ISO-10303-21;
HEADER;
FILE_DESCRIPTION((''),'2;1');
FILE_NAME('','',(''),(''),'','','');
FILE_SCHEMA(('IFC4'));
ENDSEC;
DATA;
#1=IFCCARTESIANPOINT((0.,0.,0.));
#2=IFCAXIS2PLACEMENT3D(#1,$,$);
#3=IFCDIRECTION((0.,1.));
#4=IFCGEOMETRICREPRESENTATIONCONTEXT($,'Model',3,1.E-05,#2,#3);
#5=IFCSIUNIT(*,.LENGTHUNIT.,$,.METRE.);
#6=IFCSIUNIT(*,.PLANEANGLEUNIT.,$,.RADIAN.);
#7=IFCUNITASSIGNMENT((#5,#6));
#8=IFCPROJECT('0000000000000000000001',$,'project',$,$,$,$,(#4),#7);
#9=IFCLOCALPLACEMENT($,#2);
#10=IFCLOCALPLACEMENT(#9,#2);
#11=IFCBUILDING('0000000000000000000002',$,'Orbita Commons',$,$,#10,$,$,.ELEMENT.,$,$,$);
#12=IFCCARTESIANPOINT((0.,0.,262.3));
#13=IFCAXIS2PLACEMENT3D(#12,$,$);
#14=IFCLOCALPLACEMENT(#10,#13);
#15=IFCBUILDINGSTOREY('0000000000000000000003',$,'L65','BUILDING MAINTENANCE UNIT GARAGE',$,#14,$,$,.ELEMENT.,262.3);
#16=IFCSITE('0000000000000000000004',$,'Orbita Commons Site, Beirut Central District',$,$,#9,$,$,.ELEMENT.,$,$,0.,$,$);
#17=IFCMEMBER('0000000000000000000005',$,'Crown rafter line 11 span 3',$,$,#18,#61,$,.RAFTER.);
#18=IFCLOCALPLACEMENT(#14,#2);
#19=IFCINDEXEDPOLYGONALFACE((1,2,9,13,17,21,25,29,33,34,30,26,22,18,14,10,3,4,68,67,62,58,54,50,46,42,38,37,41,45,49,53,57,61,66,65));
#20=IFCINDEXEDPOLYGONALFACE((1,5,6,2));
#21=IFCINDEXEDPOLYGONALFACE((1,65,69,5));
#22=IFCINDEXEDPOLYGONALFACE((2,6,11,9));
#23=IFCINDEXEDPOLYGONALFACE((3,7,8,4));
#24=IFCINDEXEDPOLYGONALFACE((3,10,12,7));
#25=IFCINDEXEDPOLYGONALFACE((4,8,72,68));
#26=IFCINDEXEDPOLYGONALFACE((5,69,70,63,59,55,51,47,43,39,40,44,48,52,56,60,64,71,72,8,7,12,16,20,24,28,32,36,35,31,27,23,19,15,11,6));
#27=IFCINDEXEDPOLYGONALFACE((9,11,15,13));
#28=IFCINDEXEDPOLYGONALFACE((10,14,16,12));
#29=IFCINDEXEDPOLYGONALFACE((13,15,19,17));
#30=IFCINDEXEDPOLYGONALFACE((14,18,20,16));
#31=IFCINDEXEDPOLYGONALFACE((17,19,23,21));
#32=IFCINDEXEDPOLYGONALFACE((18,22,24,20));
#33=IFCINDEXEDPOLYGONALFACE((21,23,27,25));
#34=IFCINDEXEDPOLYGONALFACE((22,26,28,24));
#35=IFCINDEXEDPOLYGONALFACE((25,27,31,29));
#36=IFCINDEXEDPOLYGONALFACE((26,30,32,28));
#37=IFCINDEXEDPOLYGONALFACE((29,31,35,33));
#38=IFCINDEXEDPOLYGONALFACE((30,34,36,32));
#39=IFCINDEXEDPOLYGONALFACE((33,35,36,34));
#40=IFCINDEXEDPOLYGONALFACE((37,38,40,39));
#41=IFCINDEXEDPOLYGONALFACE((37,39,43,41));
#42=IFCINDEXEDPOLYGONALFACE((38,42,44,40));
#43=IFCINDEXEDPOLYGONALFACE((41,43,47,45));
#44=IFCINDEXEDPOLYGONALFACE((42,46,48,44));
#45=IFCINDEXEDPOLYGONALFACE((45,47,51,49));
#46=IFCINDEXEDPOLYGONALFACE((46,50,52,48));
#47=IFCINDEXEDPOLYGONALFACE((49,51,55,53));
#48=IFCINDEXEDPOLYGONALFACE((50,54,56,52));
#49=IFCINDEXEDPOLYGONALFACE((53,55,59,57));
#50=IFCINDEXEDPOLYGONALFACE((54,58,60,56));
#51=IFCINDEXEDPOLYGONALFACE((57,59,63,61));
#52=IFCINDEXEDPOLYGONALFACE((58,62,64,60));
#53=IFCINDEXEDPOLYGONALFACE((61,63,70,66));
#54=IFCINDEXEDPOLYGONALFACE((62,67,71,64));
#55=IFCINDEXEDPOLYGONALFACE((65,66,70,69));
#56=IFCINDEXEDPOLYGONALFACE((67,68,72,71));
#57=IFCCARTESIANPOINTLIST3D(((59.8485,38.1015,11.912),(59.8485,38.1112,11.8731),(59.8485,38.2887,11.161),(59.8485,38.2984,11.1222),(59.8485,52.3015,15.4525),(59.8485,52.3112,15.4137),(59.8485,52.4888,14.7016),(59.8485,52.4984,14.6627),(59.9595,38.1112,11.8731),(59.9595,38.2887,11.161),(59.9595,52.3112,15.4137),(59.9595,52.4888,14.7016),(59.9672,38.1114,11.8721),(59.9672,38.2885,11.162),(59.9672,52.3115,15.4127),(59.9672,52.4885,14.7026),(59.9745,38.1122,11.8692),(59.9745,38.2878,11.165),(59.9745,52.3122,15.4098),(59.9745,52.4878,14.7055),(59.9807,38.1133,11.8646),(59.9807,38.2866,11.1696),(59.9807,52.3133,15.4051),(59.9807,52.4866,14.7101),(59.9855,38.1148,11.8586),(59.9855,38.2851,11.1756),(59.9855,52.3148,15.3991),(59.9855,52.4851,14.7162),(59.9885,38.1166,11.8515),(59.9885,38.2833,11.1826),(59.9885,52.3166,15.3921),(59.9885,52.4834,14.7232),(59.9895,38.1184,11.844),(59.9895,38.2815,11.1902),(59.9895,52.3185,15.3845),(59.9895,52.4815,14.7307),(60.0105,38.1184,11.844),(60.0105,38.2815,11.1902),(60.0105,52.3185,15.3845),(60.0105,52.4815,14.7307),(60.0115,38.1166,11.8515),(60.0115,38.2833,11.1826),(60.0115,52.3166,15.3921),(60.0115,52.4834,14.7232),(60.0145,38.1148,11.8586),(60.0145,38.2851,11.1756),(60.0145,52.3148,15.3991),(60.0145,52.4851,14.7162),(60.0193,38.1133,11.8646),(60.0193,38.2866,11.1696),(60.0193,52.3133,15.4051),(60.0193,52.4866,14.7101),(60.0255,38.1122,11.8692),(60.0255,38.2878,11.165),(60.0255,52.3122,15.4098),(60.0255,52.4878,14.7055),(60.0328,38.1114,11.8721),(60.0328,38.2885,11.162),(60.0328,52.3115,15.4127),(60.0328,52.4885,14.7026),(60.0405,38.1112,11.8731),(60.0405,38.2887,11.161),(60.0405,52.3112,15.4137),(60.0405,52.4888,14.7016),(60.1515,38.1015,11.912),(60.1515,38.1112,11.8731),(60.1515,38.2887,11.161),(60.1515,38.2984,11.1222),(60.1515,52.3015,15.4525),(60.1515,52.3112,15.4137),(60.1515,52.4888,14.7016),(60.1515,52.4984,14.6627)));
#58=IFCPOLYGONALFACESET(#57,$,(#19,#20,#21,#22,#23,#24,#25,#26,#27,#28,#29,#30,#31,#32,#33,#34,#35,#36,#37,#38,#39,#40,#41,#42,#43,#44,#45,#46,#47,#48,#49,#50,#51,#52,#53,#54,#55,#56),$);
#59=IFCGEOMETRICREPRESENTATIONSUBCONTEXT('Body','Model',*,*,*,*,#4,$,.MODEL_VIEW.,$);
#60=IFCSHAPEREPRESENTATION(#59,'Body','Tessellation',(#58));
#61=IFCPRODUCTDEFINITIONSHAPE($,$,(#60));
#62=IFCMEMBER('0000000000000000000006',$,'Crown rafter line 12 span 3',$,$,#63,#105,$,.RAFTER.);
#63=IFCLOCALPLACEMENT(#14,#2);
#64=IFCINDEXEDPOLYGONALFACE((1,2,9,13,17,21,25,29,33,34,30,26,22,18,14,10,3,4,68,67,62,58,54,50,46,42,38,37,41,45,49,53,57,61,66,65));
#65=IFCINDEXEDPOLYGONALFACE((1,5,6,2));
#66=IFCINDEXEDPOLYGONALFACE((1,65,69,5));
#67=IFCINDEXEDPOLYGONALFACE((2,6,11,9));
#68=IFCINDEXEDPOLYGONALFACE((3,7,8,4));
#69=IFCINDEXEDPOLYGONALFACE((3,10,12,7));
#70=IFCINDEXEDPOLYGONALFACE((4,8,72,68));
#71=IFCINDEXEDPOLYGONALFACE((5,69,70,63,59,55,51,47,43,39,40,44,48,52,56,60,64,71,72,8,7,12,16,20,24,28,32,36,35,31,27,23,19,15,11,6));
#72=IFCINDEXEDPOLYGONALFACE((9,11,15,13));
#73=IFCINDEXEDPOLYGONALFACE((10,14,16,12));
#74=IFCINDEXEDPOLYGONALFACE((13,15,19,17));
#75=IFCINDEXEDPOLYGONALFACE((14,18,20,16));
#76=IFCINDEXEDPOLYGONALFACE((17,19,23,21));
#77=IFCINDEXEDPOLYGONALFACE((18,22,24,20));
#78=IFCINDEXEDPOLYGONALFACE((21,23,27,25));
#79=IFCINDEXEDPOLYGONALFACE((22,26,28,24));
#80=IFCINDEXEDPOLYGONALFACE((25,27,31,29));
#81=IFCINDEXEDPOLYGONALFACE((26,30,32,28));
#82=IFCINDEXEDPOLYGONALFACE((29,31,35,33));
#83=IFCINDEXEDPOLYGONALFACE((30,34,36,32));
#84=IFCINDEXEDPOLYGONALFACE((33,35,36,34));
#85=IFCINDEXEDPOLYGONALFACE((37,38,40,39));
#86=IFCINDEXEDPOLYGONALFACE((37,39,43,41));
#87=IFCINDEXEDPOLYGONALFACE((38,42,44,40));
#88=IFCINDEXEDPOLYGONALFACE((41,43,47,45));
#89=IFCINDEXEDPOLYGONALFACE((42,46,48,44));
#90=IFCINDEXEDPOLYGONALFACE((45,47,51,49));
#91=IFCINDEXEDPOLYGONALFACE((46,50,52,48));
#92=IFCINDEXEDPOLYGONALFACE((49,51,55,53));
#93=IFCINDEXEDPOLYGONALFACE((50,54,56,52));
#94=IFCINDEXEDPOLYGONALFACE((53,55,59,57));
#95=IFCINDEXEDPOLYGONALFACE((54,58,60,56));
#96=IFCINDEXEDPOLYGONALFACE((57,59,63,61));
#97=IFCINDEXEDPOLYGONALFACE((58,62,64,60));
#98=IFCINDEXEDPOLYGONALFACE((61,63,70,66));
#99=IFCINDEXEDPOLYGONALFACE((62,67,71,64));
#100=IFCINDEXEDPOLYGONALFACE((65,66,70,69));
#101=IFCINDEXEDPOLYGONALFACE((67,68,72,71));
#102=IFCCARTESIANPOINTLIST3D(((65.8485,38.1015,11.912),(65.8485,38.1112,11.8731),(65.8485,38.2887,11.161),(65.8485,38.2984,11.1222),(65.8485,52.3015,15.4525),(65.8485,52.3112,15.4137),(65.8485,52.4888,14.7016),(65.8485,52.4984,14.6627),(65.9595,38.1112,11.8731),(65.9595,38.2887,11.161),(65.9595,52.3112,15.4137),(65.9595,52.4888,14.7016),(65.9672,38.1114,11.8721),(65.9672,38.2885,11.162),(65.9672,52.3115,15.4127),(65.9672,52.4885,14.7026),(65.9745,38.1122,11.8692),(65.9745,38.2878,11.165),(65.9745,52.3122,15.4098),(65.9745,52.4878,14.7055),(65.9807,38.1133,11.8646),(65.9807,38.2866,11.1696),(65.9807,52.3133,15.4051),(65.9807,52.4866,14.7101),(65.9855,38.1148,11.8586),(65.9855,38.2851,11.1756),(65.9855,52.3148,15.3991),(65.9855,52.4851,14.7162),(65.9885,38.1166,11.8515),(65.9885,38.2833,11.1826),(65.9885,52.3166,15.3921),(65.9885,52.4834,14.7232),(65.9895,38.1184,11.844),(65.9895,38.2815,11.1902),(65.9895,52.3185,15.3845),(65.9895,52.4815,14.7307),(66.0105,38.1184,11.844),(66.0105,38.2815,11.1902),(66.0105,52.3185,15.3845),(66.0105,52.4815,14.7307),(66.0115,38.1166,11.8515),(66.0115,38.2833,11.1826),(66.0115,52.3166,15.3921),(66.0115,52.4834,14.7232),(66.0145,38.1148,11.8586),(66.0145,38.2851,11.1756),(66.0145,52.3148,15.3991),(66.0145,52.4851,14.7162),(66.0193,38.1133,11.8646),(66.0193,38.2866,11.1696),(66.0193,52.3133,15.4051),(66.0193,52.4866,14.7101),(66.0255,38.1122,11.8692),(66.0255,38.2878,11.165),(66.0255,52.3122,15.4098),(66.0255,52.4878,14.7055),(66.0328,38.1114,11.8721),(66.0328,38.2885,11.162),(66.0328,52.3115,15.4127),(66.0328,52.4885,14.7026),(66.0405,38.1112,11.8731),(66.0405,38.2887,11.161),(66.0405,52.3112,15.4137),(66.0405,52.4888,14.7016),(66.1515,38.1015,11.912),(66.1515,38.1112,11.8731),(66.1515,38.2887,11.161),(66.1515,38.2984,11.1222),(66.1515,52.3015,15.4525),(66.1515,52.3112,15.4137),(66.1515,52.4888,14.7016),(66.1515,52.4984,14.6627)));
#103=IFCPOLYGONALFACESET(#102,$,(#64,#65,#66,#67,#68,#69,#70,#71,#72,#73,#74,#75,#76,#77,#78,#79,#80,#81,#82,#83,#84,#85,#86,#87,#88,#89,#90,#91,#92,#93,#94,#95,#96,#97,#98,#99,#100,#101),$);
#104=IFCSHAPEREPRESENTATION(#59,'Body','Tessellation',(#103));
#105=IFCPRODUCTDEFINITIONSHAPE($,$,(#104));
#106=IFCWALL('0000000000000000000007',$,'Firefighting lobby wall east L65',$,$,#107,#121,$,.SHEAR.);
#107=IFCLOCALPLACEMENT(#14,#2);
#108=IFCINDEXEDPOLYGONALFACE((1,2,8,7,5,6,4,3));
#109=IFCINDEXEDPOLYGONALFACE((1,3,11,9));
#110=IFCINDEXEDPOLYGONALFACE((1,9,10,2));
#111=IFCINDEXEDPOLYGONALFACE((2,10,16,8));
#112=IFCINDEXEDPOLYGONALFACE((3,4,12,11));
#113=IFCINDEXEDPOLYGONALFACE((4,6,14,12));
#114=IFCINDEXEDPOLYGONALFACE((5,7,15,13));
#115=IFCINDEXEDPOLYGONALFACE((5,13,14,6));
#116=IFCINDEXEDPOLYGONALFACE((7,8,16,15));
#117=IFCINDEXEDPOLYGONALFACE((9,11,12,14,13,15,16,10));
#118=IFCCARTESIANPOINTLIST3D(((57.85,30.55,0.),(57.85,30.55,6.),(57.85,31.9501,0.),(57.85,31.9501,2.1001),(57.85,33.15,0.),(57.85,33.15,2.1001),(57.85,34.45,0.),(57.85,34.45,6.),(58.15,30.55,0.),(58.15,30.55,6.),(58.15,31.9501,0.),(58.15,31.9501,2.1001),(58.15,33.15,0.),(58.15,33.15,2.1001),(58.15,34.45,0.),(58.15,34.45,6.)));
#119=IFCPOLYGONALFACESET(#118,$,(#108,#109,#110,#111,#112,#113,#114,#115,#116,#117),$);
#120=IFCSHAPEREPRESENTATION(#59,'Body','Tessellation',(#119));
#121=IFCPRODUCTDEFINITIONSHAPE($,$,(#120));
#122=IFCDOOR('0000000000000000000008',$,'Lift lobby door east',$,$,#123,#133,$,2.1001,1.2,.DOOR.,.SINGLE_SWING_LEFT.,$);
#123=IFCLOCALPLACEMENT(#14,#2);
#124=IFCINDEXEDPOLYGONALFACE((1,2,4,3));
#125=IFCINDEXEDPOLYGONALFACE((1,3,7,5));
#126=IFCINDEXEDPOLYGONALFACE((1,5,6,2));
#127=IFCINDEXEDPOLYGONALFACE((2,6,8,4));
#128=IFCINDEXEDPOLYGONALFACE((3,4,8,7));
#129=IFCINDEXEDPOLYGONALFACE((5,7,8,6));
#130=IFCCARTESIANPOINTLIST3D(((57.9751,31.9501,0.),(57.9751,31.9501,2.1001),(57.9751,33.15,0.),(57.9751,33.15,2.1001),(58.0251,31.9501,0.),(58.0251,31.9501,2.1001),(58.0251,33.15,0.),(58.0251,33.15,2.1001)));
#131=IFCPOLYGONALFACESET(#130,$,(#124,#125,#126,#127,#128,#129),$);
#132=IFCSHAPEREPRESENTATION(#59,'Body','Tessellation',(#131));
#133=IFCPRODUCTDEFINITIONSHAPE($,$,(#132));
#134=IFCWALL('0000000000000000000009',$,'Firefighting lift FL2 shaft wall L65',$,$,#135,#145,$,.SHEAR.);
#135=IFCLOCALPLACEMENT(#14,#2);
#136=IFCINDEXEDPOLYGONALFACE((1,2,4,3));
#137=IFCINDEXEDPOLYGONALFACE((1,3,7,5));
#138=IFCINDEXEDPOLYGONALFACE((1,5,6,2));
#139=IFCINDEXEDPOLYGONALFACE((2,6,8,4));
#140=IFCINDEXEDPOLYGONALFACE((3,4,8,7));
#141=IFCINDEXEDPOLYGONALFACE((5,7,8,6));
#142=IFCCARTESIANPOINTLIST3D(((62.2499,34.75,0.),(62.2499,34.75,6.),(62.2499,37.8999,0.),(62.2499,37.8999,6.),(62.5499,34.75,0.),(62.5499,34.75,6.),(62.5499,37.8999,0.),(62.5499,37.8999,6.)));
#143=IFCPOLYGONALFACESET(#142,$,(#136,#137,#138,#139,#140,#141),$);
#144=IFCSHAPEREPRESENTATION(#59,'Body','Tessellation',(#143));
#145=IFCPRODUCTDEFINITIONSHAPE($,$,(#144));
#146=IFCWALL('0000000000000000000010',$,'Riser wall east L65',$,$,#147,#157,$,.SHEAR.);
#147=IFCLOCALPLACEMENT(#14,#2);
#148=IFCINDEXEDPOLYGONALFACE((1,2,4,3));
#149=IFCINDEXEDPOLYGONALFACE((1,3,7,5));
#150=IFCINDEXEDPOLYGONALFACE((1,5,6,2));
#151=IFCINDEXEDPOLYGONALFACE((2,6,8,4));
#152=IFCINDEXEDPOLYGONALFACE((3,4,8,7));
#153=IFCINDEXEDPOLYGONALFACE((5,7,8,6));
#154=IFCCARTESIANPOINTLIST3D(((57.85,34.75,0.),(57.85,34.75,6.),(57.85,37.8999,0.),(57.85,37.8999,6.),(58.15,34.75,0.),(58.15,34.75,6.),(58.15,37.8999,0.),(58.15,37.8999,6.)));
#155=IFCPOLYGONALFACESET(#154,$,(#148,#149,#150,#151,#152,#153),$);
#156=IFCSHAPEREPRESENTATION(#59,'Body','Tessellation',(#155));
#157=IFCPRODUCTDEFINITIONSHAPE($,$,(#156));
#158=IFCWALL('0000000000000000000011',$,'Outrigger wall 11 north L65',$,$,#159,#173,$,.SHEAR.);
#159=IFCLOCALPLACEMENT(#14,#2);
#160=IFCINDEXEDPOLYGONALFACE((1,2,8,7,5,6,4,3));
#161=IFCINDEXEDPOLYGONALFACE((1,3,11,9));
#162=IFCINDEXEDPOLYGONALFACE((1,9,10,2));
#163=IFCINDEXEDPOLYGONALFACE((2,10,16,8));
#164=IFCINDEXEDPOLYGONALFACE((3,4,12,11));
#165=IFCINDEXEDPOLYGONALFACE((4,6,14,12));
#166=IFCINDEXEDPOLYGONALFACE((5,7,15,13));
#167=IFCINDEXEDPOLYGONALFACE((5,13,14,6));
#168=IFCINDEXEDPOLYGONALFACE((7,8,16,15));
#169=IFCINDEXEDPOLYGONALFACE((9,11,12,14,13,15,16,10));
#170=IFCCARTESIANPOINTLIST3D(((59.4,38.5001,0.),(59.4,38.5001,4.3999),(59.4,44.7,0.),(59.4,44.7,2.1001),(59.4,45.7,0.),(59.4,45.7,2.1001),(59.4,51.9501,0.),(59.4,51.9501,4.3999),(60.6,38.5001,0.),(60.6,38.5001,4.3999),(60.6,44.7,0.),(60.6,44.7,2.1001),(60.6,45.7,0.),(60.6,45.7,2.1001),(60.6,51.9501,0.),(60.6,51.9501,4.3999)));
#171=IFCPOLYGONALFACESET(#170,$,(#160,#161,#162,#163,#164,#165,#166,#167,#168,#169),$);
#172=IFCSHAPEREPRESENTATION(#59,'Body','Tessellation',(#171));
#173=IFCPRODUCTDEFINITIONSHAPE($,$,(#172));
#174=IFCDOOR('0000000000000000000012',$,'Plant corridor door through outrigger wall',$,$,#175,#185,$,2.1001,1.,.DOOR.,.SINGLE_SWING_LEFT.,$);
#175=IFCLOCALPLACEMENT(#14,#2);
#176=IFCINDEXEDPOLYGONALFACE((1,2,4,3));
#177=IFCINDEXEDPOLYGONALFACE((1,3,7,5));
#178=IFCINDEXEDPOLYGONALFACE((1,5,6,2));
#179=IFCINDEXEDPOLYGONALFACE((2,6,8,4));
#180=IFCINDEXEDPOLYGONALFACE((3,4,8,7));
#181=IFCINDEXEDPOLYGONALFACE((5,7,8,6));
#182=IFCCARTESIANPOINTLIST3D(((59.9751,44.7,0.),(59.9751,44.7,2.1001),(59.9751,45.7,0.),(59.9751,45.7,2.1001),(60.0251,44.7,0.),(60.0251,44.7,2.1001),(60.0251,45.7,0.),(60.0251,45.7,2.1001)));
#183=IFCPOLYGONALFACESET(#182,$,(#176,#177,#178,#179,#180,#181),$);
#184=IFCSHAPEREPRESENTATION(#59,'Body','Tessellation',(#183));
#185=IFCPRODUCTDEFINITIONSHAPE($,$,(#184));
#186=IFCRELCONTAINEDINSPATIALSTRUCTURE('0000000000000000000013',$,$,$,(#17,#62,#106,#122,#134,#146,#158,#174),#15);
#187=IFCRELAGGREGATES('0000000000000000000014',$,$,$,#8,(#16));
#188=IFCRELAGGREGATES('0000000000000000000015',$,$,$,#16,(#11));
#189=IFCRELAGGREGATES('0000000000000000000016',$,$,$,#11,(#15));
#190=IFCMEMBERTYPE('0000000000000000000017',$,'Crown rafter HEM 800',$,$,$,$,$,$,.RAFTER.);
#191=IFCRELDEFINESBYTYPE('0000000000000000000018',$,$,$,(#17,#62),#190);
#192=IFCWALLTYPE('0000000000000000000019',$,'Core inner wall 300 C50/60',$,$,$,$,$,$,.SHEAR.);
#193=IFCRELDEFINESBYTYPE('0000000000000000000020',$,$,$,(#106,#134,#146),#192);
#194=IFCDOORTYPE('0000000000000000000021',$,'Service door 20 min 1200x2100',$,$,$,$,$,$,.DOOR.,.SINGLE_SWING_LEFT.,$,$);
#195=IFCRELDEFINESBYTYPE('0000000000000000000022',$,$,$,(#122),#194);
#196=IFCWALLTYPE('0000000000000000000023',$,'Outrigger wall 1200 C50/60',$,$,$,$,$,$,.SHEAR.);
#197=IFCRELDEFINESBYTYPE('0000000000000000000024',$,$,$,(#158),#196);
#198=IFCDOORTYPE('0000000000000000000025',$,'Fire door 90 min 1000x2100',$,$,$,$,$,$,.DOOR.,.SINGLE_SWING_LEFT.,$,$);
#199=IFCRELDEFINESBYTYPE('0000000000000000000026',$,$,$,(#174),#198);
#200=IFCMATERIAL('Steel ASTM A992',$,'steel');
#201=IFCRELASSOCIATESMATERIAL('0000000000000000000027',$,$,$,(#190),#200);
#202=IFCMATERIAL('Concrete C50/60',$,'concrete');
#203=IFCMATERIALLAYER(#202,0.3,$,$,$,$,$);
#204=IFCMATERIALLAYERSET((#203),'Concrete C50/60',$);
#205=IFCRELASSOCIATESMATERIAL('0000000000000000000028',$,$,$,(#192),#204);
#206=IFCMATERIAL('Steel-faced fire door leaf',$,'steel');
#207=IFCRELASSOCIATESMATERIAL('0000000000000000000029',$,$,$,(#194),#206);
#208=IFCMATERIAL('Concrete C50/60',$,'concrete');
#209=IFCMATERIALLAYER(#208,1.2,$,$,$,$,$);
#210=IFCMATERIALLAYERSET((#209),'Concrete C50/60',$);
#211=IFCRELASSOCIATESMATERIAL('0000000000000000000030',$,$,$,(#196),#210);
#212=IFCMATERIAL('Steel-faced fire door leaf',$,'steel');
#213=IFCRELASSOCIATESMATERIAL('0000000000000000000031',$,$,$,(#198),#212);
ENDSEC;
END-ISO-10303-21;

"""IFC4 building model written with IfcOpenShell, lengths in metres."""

from ifc_helpers import new_model, si_unit, direction, frame, frame_2d, origin, origin_2d, place, context, subcontext, project, spatial, rectangle, i_section, extrude, material, layer, layer_set, material_profile, profile_set, type_object, element, fill, save


model = new_model("IFC4")

# Units and contexts
model_context = context("Model", 3, precision=1e-05, world=origin(), true_north=direction((0.0, 1.0)))
body_context = subcontext(model_context, "Body", "Model", "MODEL_VIEW")
ifc_project = project(units=[si_unit("LENGTHUNIT", "METRE"), si_unit("PLANEANGLEUNIT", "RADIAN")], contexts=[model_context])

# Site, building, storey
site_placement = place(None, origin())
site = spatial("IfcSite", under=ifc_project, at=site_placement, Name="Orbita Commons Site, Beirut Central District", CompositionType="ELEMENT", RefElevation=0.0)
building_placement = place(site_placement, origin())
building = spatial("IfcBuilding", under=site, at=building_placement, Name="Orbita Commons", CompositionType="ELEMENT")
storey_placement = place(building_placement, frame((0.0, 0.0, 262.3)))
storey = spatial("IfcBuildingStorey", under=building, at=storey_placement, Name="L65", Description="BUILDING MAINTENANCE UNIT GARAGE", CompositionType="ELEMENT", Elevation=262.3)

# Members
ifc_material_1 = material(Name="Steel ASTM A992", Category="steel")
ifc_material_profile_1 = material_profile(ifc_material_1, i_section(OverallWidth=0.303, OverallDepth=0.814, WebThickness=0.021, FlangeThickness=0.04, FilletRadius=0.03, at=origin_2d()), Name="HEM 800")
ifc_profile_set_1 = profile_set([ifc_material_profile_1], Name="Steel ASTM A992")
member_type_1 = type_object("IfcMemberType", Name="Crown rafter HEM 800", PredefinedType="RAFTER", material=ifc_profile_set_1)
for number, where, z_axis, x_axis, name in (
    (1, (60.0, 38.2, 11.5171), (0.0, 0.970294, 0.241927), (-1.0, 0.0, 0.0), "Crown rafter line 11 span 3"),
    (2, (66.0, 38.2, 11.5171), (0.0, 0.970294, 0.241927), (-1.0, 0.0, 0.0), "Crown rafter line 12 span 3"),
):
    element("IfcMember", number, at=place(storey_placement, frame(where, z_axis=z_axis, x_axis=x_axis)), inside=storey, type_object=member_type_1, Name=name, PredefinedType="RAFTER", context=body_context, shape_type="SweptSolid", body=[
        extrude(i_section(OverallWidth=0.303, OverallDepth=0.814, WebThickness=0.021, FlangeThickness=0.04, FilletRadius=0.03, at=origin_2d()), origin(), (0.0, 0.0, 1.0), 14.6348),
    ])

# Wall, opening, door
ifc_material_2 = material(Name="Concrete C50/60", Category="concrete")
ifc_layer_1 = layer(ifc_material_2, 0.3)
ifc_layer_set_1 = layer_set([ifc_layer_1], Name="Concrete C50/60")
wall_type_1 = type_object("IfcWallType", Name="Core inner wall 300 C50/60", PredefinedType="SHEAR", material=ifc_layer_set_1)
wall_1_placement = place(storey_placement, frame((58.0, 30.55, 0.0), z_axis=(0.0, 0.0, 1.0), x_axis=(0.0, 1.0, 0.0)))
wall_1 = element("IfcWall", 3, at=wall_1_placement, inside=storey, type_object=wall_type_1, Name="Firefighting lobby wall east L65", PredefinedType="SHEAR", context=body_context, shape_type="SweptSolid", body=[
    extrude(rectangle(XDim=3.8999, YDim=0.3, at=frame_2d((1.95, 0.0))), origin(), (0.0, 0.0, 1.0), 6.0),
])
opening_1_placement = place(wall_1_placement, frame((1.3999, 0.0, 0.0)))
opening_1 = element("IfcOpeningElement", 4, at=opening_1_placement, cuts=wall_1, PredefinedType="OPENING", context=body_context, shape_type="SweptSolid", body=[
    extrude(rectangle(XDim=1.2, YDim=2.1001, at=frame_2d((0.6001, 1.05))), frame((0.0, 0.1599, 0.0), z_axis=(0.0, -1.0, 0.0), x_axis=(1.0, 0.0, 0.0)), (0.0, 0.0, 1.0), 0.3201),
])
ifc_material_3 = material(Name="Steel-faced fire door leaf", Category="steel")
door_type_1 = type_object("IfcDoorType", Name="Service door 20 min 1200x2100", OperationType="SINGLE_SWING_LEFT", PredefinedType="DOOR", material=ifc_material_3)
door_1_placement = place(opening_1_placement, origin())
door_1 = element("IfcDoor", 5, at=door_1_placement, inside=storey, type_object=door_type_1, Name="Lift lobby door east", OperationType="SINGLE_SWING_LEFT", OverallHeight=2.1001, OverallWidth=1.2, PredefinedType="DOOR", context=body_context, shape_type="SweptSolid", body=[
    extrude(rectangle(XDim=1.2, YDim=2.1001, at=frame_2d((0.6001, 1.05))), frame((0.0, 0.0249, 0.0), z_axis=(0.0, -1.0, 0.0), x_axis=(1.0, 0.0, 0.0)), (0.0, 0.0, 1.0), 0.05),
])
fill(opening_1, door_1)

# Walls
for number, where, z_axis, x_axis, name in (
    (6, (62.3999, 34.75, 0.0), (0.0, 0.0, 1.0), (0.0, 1.0, 0.0), "Firefighting lift FL2 shaft wall L65"),
    (7, (58.0, 34.75, 0.0), (0.0, 0.0, 1.0), (0.0, 1.0, 0.0), "Riser wall east L65"),
):
    element("IfcWall", number, at=place(storey_placement, frame(where, z_axis=z_axis, x_axis=x_axis)), inside=storey, type_object=wall_type_1, Name=name, PredefinedType="SHEAR", context=body_context, shape_type="SweptSolid", body=[
        extrude(rectangle(XDim=3.1499, YDim=0.3, at=frame_2d((1.575, 0.0))), origin(), (0.0, 0.0, 1.0), 6.0),
    ])

# Wall, opening, door
ifc_material_4 = material(Name="Concrete C50/60", Category="concrete")
ifc_layer_2 = layer(ifc_material_4, 1.2)
ifc_layer_set_2 = layer_set([ifc_layer_2], Name="Concrete C50/60")
wall_type_2 = type_object("IfcWallType", Name="Outrigger wall 1200 C50/60", PredefinedType="SHEAR", material=ifc_layer_set_2)
wall_2_placement = place(storey_placement, frame((60.0, 38.5, 0.0), z_axis=(0.0, 0.0, 1.0), x_axis=(0.0, 1.0, 0.0)))
wall_2 = element("IfcWall", 8, at=wall_2_placement, inside=storey, type_object=wall_type_2, Name="Outrigger wall 11 north L65", PredefinedType="SHEAR", context=body_context, shape_type="SweptSolid", body=[
    extrude(rectangle(XDim=13.45, YDim=1.2, at=frame_2d((6.7251, 0.0))), origin(), (0.0, 0.0, 1.0), 4.3999),
])
opening_2_placement = place(wall_2_placement, frame((6.2, 0.0, 0.0)))
opening_2 = element("IfcOpeningElement", 9, at=opening_2_placement, cuts=wall_2, PredefinedType="OPENING", context=body_context, shape_type="SweptSolid", body=[
    extrude(rectangle(XDim=1.0, YDim=2.1001, at=frame_2d((0.5, 1.05))), frame((0.0, 0.6099, 0.0), z_axis=(0.0, -1.0, 0.0), x_axis=(1.0, 0.0, 0.0)), (0.0, 0.0, 1.0), 1.22),
])
ifc_material_5 = material(Name="Steel-faced fire door leaf", Category="steel")
door_type_2 = type_object("IfcDoorType", Name="Fire door 90 min 1000x2100", OperationType="SINGLE_SWING_LEFT", PredefinedType="DOOR", material=ifc_material_5)
door_2_placement = place(opening_2_placement, origin())
door_2 = element("IfcDoor", 10, at=door_2_placement, inside=storey, type_object=door_type_2, Name="Plant corridor door through outrigger wall", OperationType="SINGLE_SWING_LEFT", OverallHeight=2.1001, OverallWidth=1.0, PredefinedType="DOOR", context=body_context, shape_type="SweptSolid", body=[
    extrude(rectangle(XDim=1.0, YDim=2.1001, at=frame_2d((0.5, 1.05))), frame((0.0, 0.0249, 0.0), z_axis=(0.0, -1.0, 0.0), x_axis=(1.0, 0.0, 0.0)), (0.0, 0.0, 1.0), 0.05),
])
fill(opening_2, door_2)

save(model, "model.ifc")
